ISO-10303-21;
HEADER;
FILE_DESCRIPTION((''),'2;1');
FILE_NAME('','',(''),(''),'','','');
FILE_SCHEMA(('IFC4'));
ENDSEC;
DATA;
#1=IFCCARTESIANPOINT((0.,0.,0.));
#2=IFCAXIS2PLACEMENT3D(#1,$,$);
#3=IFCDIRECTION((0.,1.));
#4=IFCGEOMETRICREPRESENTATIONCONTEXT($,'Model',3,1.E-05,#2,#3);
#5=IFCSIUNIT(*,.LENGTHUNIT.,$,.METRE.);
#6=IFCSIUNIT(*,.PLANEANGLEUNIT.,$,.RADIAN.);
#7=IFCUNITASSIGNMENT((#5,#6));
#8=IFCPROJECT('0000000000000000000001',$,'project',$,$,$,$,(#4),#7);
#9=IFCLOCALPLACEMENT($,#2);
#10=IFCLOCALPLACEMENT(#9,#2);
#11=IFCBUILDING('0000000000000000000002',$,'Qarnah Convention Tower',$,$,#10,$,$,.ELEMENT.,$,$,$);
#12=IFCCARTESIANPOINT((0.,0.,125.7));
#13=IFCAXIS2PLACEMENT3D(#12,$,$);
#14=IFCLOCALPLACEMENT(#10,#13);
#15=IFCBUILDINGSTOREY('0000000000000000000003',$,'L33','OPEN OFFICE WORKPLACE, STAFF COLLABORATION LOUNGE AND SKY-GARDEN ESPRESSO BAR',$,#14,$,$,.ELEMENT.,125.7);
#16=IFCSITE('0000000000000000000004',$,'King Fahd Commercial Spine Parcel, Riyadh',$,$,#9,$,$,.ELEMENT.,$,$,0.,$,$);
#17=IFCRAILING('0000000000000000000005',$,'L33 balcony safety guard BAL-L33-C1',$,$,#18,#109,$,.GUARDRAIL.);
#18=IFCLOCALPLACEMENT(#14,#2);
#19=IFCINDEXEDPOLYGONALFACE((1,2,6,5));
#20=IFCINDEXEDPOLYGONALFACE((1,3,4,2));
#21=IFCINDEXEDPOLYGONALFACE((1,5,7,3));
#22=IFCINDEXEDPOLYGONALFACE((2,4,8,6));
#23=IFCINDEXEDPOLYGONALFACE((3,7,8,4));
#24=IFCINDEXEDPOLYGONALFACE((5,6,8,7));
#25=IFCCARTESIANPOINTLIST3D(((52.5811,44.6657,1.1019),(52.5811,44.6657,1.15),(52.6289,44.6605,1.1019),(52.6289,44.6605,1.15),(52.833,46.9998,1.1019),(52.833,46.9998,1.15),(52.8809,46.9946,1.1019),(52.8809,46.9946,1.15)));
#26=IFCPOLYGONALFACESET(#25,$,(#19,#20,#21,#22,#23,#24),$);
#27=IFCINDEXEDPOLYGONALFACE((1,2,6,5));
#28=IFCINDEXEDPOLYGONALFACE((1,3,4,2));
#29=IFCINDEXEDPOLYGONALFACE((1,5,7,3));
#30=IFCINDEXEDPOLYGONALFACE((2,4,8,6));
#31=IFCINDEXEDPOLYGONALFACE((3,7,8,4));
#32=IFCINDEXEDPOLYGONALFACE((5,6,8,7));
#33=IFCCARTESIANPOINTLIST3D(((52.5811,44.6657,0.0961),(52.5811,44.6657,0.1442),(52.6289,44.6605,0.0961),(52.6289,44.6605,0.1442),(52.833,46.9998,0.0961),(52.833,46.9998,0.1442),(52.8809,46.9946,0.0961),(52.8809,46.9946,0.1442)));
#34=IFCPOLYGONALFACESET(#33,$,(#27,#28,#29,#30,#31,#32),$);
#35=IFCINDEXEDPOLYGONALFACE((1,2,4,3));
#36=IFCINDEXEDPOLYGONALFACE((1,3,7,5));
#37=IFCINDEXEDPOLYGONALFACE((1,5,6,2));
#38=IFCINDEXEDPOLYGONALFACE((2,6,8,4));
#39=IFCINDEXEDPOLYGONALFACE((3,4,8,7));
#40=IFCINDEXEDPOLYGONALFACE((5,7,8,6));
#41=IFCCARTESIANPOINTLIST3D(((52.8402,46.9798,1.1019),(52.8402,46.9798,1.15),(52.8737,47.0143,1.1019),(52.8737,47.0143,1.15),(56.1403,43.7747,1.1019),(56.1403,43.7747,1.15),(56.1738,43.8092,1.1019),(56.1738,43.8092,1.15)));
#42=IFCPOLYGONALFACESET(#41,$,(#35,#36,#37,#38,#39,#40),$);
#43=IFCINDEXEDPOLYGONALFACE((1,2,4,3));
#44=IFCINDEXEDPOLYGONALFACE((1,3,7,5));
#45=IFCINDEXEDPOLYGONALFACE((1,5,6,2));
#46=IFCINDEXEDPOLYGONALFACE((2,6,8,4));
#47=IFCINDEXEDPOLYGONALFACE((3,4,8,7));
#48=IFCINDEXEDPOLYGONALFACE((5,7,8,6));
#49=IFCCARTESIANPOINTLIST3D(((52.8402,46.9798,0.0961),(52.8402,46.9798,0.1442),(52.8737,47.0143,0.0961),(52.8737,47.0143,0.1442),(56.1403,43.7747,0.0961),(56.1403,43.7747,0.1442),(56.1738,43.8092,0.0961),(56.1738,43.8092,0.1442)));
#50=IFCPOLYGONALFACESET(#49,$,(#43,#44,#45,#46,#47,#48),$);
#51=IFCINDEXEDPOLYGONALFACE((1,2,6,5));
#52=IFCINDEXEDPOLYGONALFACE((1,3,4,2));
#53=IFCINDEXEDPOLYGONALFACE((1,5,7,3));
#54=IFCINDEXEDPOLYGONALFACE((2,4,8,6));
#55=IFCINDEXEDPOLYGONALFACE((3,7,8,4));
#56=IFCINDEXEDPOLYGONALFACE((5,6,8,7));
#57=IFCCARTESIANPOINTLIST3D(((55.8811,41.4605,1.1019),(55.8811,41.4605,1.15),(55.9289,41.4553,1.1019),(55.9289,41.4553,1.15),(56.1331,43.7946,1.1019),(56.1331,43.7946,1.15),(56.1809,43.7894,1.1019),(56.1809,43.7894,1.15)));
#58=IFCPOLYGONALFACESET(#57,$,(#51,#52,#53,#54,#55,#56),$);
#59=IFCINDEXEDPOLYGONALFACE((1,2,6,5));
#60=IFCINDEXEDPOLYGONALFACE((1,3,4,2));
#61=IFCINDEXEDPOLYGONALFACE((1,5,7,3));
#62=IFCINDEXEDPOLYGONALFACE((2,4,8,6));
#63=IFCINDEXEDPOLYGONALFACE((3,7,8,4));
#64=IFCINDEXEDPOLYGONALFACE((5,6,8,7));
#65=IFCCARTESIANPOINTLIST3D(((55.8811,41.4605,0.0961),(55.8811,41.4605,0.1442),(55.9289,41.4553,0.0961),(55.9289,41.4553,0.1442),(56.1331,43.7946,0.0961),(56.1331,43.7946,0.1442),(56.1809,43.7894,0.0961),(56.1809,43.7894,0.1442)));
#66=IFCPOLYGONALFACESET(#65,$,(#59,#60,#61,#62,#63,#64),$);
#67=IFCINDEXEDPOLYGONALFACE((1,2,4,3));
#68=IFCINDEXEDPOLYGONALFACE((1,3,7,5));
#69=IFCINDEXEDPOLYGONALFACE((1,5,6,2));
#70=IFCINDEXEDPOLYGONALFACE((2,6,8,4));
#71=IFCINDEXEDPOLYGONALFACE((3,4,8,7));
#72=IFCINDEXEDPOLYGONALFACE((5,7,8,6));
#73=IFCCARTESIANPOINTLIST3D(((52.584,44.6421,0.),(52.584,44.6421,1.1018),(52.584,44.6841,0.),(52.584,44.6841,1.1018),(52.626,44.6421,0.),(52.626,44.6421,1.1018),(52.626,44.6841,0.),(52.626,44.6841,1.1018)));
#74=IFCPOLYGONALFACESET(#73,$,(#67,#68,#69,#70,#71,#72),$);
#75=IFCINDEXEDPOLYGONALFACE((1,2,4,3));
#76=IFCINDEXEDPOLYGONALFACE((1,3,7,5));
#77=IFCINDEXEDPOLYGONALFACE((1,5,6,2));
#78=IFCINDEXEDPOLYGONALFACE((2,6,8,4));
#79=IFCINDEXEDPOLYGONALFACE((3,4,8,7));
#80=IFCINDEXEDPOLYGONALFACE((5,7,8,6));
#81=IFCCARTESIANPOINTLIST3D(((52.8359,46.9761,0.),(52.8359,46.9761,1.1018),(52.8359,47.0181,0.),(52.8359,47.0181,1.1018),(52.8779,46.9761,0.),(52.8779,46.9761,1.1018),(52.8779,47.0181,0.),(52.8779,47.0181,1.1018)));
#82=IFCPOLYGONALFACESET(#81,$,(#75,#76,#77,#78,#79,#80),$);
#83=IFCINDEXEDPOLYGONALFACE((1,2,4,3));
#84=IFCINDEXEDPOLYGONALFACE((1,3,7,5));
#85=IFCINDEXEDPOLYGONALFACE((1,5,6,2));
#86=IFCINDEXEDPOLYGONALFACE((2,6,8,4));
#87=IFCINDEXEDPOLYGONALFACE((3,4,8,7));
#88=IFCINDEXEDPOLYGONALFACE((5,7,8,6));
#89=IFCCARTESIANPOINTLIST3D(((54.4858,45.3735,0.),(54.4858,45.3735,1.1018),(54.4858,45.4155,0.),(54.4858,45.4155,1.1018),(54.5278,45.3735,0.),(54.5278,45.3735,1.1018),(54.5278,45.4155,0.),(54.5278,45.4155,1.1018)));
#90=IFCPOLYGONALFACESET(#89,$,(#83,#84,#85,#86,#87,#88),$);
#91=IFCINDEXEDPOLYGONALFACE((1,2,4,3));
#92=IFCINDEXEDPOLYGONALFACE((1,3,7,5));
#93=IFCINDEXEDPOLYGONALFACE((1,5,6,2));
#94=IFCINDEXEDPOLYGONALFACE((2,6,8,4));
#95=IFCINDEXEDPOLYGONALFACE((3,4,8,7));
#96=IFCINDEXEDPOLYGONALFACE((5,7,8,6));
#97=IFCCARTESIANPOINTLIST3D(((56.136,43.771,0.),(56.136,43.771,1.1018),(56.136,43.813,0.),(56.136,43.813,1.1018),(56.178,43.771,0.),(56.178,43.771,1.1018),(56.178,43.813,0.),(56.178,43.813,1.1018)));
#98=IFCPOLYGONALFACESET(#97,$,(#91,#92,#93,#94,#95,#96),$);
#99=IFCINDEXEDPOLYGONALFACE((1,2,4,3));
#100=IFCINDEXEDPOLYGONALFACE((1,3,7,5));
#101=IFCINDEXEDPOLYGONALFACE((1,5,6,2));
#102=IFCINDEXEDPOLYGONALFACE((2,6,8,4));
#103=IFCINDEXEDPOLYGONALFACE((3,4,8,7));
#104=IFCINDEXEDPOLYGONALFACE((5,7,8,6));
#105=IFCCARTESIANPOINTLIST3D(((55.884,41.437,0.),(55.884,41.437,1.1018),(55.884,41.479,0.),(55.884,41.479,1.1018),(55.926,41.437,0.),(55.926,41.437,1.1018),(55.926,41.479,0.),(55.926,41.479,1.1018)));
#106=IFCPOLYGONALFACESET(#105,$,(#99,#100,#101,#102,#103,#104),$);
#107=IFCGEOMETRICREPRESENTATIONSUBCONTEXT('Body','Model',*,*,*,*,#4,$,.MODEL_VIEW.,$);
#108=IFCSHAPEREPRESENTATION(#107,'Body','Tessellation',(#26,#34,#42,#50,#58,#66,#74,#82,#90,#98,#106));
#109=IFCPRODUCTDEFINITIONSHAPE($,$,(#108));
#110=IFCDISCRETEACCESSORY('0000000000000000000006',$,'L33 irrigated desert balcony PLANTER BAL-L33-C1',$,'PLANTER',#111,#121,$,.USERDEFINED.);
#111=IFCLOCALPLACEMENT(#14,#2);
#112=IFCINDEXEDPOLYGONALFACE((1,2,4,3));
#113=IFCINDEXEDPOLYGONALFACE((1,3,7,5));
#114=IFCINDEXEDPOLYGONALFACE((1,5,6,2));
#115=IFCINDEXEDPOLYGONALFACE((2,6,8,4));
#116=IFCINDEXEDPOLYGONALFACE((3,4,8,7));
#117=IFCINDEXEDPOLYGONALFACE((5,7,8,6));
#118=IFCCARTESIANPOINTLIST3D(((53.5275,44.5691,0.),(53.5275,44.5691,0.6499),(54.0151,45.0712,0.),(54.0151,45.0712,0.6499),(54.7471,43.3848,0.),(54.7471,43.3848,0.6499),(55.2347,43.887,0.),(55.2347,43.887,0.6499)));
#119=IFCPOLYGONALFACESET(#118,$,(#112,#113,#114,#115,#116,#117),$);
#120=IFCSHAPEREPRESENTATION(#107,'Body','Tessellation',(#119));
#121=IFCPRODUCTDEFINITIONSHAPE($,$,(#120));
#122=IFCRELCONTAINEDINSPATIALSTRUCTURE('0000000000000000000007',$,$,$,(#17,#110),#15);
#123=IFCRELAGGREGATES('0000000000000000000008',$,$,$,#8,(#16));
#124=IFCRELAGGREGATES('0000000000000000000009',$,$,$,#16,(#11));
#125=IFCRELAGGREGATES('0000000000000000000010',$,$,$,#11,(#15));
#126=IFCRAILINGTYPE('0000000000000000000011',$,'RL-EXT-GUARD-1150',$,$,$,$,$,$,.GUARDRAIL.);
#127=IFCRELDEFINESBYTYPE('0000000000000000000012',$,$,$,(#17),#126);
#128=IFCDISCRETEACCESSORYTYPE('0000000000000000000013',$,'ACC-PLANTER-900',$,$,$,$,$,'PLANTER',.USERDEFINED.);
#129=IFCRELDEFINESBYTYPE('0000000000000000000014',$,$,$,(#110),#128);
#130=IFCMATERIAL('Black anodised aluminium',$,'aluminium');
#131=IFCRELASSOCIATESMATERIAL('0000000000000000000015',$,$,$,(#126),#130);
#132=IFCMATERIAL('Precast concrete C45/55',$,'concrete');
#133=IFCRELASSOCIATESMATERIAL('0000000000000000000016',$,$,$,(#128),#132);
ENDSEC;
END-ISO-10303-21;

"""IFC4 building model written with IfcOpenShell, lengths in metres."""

from ifc_helpers import new_model, si_unit, direction, frame, origin, origin_2d, place, context, subcontext, project, spatial, rectangle, extrude, material, type_object, element, save


model = new_model("IFC4")

# Units and contexts
model_context = context("Model", 3, precision=1e-05, world=origin(), true_north=direction((0.0, 1.0)))
body_context = subcontext(model_context, "Body", "Model", "MODEL_VIEW")
ifc_project = project(units=[si_unit("LENGTHUNIT", "METRE"), si_unit("PLANEANGLEUNIT", "RADIAN")], contexts=[model_context])

# Site, building, storey
site_placement = place(None, origin())
site = spatial("IfcSite", under=ifc_project, at=site_placement, Name="King Fahd Commercial Spine Parcel, Riyadh", CompositionType="ELEMENT", RefElevation=0.0)
building_placement = place(site_placement, origin())
building = spatial("IfcBuilding", under=site, at=building_placement, Name="Qarnah Convention Tower", CompositionType="ELEMENT")
storey_placement = place(building_placement, frame((0.0, 0.0, 125.7)))
storey = spatial("IfcBuildingStorey", under=building, at=storey_placement, Name="L33", Description="OPEN OFFICE WORKPLACE, STAFF COLLABORATION LOUNGE AND SKY-GARDEN ESPRESSO BAR", CompositionType="ELEMENT", Elevation=125.7)

# Shared definitions
ifc_material_1 = material(Name="Black anodised aluminium", Category="aluminium")

# Shared definitions
ifc_material_2 = material(Name="Precast concrete C45/55", Category="concrete")

# Railing
railing_type = type_object("IfcRailingType", Name="RL-EXT-GUARD-1150", PredefinedType="GUARDRAIL", material=ifc_material_1)
railing_1_placement = place(storey_placement, frame((52.605, 44.6631, 0.0)))
element("IfcRailing", 1, at=railing_1_placement, inside=storey, type_object=railing_type, Name="L33 balcony safety guard BAL-L33-C1", PredefinedType="GUARDRAIL", context=body_context, shape_type="SweptSolid", body=[
    extrude(rectangle(XDim=0.0481, YDim=0.0481, at=origin_2d()), frame((0.0, 0.0, 1.126), z_axis=(0.107326, 0.994224, 0.0), x_axis=(-0.994224, 0.107326, 0.0)), (0.0, 0.0, 1.0), 2.3477),
    extrude(rectangle(XDim=0.0481, YDim=0.0481, at=origin_2d()), frame((0.0, 0.0, 0.1201), z_axis=(0.107326, 0.994224, 0.0), x_axis=(-0.994224, 0.107326, 0.0)), (0.0, 0.0, 1.0), 2.3477),
    extrude(rectangle(XDim=0.0481, YDim=0.0481, at=origin_2d()), frame((0.252, 2.334, 1.126), z_axis=(0.717354, -0.696709, 0.0), x_axis=(0.696709, 0.717354, 0.0)), (0.0, 0.0, 1.0), 4.6003),
    extrude(rectangle(XDim=0.0481, YDim=0.0481, at=origin_2d()), frame((0.252, 2.334, 0.1201), z_axis=(0.717354, -0.696709, 0.0), x_axis=(0.696709, 0.717354, 0.0)), (0.0, 0.0, 1.0), 4.6003),
    extrude(rectangle(XDim=0.0481, YDim=0.0481, at=origin_2d()), frame((3.552, -0.8711, 1.126), z_axis=(-0.107326, -0.994224, 0.0), x_axis=(0.994224, -0.107326, 0.0)), (0.0, 0.0, 1.0), 2.3477),
    extrude(rectangle(XDim=0.0481, YDim=0.0481, at=origin_2d()), frame((3.552, -0.8711, 0.1201), z_axis=(-0.107326, -0.994224, 0.0), x_axis=(0.994224, -0.107326, 0.0)), (0.0, 0.0, 1.0), 2.3477),
    extrude(rectangle(XDim=0.042, YDim=0.042, at=origin_2d()), origin(), (0.0, 0.0, 1.0), 1.1018),
    extrude(rectangle(XDim=0.042, YDim=0.042, at=origin_2d()), frame((0.252, 2.334, 0.0)), (0.0, 0.0, 1.0), 1.1018),
    extrude(rectangle(XDim=0.042, YDim=0.042, at=origin_2d()), frame((1.9019, 0.7314, 0.0)), (0.0, 0.0, 1.0), 1.1018),
    extrude(rectangle(XDim=0.042, YDim=0.042, at=origin_2d()), frame((3.552, -0.8711, 0.0)), (0.0, 0.0, 1.0), 1.1018),
    extrude(rectangle(XDim=0.042, YDim=0.042, at=origin_2d()), frame((3.3, -3.2051, 0.0)), (0.0, 0.0, 1.0), 1.1018),
])

# Discrete accessory
discrete_accessory_type = type_object("IfcDiscreteAccessoryType", Name="ACC-PLANTER-900", ElementType="PLANTER", PredefinedType="USERDEFINED", material=ifc_material_2)
discrete_accessory_placement = place(storey_placement, frame((54.3811, 44.228, 0.0), z_axis=(0.0, 0.0, 1.0), x_axis=(-0.717397, 0.696664, 0.0)))
element("IfcDiscreteAccessory", 2, at=discrete_accessory_placement, inside=storey, type_object=discrete_accessory_type, Name="L33 irrigated desert balcony PLANTER BAL-L33-C1", ObjectType="PLANTER", PredefinedType="USERDEFINED", context=body_context, shape_type="SweptSolid", body=[
    extrude(rectangle(XDim=1.7, YDim=0.7, at=origin_2d()), origin(), (0.0, 0.0, 1.0), 0.6499),
])

save(model, "model.ifc")
